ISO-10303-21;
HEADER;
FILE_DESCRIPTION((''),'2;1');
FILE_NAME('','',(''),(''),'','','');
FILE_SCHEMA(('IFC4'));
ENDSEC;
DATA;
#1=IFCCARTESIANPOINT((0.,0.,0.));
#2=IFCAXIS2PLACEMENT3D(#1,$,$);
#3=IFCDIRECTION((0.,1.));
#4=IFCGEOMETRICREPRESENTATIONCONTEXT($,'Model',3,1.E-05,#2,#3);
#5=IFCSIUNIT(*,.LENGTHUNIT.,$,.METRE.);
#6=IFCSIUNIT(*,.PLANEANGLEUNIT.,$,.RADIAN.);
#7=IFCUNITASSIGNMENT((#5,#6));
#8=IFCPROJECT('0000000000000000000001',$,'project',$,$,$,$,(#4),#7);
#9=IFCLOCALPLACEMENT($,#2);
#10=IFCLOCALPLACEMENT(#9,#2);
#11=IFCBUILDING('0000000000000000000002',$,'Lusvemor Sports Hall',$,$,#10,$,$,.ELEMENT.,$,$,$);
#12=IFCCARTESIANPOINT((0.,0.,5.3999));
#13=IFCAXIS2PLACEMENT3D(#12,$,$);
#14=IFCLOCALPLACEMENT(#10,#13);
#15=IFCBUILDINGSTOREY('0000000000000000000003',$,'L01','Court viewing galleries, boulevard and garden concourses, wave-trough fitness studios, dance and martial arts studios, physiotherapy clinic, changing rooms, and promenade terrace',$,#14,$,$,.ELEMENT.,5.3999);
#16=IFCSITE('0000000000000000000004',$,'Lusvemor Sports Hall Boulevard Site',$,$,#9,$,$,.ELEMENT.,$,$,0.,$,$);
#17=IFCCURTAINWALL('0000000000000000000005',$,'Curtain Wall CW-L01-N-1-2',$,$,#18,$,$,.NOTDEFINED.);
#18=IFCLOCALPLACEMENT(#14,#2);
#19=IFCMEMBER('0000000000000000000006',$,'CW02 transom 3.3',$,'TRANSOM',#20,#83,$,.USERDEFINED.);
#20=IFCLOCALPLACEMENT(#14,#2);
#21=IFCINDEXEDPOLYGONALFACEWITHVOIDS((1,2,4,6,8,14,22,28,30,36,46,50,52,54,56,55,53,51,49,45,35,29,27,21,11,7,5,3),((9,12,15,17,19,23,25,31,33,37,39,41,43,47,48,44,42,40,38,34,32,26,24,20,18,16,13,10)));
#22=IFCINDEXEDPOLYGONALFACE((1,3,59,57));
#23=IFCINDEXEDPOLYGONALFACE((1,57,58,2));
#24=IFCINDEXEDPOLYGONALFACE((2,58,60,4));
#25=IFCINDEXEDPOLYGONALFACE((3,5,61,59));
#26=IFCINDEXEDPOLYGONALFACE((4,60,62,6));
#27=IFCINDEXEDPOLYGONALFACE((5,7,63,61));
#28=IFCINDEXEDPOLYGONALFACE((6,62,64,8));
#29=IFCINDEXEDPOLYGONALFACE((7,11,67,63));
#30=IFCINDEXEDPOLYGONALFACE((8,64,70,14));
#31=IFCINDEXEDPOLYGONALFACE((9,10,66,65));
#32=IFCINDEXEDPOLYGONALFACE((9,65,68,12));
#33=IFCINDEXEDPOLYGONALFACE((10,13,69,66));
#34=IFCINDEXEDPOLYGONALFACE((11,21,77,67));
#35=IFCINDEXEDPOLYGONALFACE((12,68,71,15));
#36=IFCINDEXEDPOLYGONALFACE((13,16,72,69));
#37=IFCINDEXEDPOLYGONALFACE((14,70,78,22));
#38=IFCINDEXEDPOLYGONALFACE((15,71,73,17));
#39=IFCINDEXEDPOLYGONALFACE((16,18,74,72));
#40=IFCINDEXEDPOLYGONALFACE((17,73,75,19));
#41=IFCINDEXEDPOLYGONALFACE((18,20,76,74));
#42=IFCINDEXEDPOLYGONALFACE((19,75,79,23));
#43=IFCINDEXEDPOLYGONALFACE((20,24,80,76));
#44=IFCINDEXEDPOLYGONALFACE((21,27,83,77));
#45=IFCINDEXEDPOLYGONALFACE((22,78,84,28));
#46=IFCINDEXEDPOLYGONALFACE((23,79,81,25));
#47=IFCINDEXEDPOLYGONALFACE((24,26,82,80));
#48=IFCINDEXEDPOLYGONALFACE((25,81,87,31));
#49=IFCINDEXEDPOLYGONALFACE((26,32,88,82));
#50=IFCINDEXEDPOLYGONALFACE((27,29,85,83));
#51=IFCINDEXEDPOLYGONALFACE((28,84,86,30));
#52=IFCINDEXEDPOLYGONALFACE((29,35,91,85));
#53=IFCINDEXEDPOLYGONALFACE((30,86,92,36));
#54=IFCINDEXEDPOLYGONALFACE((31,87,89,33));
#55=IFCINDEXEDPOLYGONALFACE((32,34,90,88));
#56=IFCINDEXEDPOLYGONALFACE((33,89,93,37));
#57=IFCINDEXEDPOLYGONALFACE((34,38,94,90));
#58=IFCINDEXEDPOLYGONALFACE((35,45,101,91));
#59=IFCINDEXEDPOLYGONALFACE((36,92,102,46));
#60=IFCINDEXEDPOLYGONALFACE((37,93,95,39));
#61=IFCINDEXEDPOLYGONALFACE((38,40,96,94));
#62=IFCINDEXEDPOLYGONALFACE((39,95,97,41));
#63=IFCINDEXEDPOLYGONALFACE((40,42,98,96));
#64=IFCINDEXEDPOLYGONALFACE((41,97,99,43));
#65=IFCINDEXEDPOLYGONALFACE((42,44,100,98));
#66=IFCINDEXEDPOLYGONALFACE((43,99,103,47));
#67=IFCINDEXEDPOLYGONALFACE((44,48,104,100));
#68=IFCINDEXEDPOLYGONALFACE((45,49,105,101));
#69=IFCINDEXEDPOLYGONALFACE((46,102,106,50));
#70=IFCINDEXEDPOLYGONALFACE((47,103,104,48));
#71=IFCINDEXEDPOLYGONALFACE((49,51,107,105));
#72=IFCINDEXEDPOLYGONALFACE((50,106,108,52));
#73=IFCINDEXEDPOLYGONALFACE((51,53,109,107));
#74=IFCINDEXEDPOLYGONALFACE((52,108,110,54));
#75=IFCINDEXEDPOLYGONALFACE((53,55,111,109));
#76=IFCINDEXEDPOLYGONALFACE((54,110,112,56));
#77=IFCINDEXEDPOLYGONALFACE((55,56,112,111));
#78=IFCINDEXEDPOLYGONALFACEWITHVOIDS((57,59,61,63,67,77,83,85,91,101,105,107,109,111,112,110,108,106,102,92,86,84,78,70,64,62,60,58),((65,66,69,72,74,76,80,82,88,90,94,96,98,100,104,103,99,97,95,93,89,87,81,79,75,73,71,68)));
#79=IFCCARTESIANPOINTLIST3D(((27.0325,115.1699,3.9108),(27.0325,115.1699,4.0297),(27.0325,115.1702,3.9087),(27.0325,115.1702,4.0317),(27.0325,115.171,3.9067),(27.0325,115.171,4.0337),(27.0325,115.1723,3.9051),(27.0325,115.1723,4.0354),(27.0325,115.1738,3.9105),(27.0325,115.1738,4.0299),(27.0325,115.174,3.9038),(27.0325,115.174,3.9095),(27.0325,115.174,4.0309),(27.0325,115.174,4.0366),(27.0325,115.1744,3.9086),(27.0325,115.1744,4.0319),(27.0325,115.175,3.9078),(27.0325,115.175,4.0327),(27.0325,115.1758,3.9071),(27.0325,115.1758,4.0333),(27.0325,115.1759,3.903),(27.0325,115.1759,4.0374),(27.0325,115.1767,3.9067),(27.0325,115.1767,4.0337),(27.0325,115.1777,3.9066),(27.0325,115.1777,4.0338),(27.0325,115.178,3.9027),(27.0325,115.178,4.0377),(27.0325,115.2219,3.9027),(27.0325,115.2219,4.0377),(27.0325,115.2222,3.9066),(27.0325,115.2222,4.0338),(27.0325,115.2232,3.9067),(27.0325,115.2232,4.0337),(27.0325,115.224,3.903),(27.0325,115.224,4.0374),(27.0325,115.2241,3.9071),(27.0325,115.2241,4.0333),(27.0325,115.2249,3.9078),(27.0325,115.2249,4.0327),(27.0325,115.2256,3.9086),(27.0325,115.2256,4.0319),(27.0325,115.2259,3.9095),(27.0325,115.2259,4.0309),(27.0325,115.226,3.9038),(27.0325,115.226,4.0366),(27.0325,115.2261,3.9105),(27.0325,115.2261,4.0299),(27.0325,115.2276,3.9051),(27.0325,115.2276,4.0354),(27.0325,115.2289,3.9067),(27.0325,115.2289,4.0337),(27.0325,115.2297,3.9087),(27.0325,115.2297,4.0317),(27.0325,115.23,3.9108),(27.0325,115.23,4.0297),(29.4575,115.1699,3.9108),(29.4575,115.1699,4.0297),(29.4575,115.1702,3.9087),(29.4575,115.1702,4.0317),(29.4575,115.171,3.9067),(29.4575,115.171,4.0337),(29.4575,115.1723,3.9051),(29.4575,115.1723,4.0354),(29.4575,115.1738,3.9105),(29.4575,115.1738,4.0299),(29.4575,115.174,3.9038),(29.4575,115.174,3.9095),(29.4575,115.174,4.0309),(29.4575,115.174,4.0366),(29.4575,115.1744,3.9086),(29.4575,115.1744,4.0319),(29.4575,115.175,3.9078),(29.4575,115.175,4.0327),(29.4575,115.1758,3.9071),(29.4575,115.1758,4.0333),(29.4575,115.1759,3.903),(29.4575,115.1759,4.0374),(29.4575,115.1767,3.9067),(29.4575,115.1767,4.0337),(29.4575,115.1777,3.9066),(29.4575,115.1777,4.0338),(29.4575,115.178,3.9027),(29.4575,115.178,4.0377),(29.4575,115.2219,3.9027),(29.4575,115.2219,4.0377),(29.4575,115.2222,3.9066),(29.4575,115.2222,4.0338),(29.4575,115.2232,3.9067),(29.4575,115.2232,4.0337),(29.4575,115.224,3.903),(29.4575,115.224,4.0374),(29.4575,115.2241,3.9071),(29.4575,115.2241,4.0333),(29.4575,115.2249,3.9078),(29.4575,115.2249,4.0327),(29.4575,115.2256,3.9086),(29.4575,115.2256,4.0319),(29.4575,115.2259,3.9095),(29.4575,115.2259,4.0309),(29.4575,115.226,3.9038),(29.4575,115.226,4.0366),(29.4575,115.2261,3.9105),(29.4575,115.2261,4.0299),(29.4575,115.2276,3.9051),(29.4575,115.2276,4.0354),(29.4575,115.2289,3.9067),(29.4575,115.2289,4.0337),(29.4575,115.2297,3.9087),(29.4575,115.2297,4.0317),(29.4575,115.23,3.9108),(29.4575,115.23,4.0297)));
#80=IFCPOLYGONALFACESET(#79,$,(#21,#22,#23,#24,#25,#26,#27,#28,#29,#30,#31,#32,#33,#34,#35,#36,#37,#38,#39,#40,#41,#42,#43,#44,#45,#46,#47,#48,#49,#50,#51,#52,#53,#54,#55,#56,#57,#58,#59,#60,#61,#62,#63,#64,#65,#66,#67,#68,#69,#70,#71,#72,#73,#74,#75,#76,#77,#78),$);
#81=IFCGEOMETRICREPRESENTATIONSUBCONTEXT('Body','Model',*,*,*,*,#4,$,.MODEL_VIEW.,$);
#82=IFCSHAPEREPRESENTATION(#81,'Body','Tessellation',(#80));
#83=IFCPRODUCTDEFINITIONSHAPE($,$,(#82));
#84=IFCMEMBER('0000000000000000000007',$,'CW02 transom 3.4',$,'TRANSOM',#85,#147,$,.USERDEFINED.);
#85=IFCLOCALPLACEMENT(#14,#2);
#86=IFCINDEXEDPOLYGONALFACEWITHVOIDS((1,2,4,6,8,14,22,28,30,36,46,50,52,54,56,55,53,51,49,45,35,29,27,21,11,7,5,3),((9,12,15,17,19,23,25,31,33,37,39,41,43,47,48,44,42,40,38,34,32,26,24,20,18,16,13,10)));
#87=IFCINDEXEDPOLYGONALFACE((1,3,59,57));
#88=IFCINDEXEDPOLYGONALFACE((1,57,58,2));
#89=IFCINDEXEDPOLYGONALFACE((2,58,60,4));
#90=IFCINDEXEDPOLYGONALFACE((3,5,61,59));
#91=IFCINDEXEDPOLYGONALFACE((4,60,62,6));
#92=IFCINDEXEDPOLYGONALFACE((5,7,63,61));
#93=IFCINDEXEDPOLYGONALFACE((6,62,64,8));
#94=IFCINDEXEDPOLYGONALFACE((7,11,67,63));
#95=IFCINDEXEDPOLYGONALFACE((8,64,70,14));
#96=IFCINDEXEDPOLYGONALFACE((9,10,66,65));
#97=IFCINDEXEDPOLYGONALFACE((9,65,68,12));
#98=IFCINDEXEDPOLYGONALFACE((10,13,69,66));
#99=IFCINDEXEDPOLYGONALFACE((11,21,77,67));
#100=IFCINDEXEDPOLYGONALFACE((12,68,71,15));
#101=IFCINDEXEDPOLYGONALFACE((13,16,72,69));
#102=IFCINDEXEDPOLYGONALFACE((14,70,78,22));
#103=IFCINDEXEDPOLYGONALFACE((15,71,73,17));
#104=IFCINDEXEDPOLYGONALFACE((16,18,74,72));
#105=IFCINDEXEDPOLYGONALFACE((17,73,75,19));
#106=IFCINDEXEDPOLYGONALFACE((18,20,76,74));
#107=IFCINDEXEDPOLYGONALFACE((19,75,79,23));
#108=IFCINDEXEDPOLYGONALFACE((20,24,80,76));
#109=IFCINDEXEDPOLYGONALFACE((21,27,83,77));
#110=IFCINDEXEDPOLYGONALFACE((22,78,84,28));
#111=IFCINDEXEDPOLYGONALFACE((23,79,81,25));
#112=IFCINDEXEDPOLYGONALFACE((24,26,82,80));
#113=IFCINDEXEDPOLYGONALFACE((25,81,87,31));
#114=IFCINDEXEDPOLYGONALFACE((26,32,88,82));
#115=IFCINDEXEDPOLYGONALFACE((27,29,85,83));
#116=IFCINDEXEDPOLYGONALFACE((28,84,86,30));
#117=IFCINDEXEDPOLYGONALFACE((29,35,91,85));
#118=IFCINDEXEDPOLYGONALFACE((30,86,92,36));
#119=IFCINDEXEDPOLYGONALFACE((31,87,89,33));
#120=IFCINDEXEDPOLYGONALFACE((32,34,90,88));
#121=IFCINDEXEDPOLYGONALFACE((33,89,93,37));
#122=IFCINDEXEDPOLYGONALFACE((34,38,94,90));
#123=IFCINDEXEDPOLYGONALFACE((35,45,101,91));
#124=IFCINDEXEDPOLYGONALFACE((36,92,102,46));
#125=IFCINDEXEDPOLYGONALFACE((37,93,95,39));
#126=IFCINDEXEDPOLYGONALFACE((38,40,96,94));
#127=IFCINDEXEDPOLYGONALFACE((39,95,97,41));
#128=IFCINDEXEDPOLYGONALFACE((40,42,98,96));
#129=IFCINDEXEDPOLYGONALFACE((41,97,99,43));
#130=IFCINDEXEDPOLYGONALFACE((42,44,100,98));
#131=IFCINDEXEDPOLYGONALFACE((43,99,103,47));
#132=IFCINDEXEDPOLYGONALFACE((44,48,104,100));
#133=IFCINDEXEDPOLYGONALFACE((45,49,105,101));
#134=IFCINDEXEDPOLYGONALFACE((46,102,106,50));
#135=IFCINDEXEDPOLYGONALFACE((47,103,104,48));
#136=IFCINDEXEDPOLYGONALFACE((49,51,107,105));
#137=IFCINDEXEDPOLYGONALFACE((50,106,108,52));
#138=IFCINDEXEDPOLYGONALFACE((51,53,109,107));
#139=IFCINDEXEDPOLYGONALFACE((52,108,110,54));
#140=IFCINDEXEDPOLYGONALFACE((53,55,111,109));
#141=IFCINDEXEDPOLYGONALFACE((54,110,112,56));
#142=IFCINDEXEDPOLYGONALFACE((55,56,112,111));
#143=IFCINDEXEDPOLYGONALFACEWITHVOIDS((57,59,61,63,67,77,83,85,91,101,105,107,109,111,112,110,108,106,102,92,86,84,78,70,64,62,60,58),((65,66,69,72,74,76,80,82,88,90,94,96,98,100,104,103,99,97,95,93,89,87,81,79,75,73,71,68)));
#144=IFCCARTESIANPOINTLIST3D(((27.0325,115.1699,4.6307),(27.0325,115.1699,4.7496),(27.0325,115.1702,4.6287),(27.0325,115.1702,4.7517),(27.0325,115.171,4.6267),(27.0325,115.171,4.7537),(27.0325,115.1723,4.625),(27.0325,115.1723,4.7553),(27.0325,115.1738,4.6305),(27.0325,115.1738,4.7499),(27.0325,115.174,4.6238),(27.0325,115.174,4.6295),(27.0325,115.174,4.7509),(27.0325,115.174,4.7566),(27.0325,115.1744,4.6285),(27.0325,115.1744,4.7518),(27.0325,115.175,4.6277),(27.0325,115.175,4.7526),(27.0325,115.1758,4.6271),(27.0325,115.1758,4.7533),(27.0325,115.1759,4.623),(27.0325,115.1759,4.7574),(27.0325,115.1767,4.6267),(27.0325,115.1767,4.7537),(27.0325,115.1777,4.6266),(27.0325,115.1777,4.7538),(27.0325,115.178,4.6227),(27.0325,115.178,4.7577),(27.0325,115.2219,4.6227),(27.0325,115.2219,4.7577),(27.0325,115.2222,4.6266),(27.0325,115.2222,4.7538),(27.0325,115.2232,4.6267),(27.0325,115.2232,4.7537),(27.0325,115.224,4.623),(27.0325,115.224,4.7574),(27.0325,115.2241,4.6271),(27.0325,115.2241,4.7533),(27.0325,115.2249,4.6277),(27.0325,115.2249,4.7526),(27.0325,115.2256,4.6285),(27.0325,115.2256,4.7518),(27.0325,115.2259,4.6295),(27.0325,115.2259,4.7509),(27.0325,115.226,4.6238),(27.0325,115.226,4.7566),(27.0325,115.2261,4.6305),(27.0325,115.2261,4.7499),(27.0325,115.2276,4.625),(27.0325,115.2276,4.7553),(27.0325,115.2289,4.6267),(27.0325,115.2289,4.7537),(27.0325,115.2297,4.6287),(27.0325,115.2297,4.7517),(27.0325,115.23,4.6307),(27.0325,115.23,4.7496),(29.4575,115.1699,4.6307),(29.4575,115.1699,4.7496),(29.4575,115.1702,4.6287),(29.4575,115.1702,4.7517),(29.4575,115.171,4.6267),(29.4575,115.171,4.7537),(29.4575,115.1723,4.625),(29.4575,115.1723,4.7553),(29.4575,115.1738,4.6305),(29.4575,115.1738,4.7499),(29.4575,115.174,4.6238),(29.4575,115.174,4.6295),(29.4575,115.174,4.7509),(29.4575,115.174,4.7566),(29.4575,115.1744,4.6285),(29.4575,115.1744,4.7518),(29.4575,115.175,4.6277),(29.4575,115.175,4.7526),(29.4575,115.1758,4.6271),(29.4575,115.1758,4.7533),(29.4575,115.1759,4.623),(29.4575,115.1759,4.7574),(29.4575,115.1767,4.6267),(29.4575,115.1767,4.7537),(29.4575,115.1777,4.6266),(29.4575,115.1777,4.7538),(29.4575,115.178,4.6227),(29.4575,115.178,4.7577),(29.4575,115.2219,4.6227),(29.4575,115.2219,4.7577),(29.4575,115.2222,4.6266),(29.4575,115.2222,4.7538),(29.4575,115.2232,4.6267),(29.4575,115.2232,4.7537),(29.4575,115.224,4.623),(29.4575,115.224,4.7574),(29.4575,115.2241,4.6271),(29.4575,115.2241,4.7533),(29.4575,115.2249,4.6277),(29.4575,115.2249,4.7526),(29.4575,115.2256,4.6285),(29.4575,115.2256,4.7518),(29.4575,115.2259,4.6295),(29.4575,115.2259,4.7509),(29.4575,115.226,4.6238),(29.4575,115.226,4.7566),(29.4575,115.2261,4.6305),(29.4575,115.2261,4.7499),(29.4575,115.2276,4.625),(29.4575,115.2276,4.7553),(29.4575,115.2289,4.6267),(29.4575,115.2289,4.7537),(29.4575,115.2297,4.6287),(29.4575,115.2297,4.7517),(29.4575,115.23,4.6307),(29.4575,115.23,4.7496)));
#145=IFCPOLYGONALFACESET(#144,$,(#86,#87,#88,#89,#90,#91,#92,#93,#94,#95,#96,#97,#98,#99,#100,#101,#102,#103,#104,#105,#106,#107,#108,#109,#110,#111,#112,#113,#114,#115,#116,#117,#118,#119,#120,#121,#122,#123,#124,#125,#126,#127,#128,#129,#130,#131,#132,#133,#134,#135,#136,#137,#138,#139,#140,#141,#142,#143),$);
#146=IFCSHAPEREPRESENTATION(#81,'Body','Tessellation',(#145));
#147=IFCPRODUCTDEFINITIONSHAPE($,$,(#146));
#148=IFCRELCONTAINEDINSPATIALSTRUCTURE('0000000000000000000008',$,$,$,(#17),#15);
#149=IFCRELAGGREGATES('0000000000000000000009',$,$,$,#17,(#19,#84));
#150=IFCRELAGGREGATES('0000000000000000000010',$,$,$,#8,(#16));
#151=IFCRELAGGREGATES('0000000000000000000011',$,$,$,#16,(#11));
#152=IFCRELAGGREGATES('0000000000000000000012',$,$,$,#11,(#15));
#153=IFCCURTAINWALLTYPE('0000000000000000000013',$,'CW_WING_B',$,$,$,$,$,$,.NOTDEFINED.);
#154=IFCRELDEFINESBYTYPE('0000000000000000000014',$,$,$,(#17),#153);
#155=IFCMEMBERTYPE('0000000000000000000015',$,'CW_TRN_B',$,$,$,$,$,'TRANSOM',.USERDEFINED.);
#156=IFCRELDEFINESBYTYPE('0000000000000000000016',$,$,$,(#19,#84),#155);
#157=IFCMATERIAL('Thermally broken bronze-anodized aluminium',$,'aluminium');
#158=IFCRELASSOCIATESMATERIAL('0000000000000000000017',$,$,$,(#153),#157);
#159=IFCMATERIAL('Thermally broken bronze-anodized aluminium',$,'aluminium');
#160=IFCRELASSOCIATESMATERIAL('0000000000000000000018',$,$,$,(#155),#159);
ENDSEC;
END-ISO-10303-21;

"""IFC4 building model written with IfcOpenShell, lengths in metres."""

from ifc_helpers import new_model, si_unit, direction, frame, origin, origin_2d, place, context, subcontext, project, spatial, hollow_rectangle, extrude, material, material_profile, profile_set, type_object, element, aggregate, save


model = new_model("IFC4")

# Units and contexts
model_context = context("Model", 3, precision=1e-05, world=origin(), true_north=direction((0.0, 1.0)))
body_context = subcontext(model_context, "Body", "Model", "MODEL_VIEW")
ifc_project = project(units=[si_unit("LENGTHUNIT", "METRE"), si_unit("PLANEANGLEUNIT", "RADIAN")], contexts=[model_context])

# Site, building, storey
site_placement = place(None, origin())
site = spatial("IfcSite", under=ifc_project, at=site_placement, Name="Lusvemor Sports Hall Boulevard Site", CompositionType="ELEMENT", RefElevation=0.0)
building_placement = place(site_placement, origin())
building = spatial("IfcBuilding", under=site, at=building_placement, Name="Lusvemor Sports Hall", CompositionType="ELEMENT")
storey_placement = place(building_placement, frame((0.0, 0.0, 5.3999)))
storey = spatial("IfcBuildingStorey", under=building, at=storey_placement, Name="L01", Description="Court viewing galleries, boulevard and garden concourses, wave-trough fitness studios, dance and martial arts studios, physiotherapy clinic, changing rooms, and promenade terrace", CompositionType="ELEMENT", Elevation=5.3999)

# Curtain wall
ifc_material_1 = material(Name="Thermally broken bronze-anodized aluminium", Category="aluminium")
curtain_wall_type = type_object("IfcCurtainWallType", Name="CW_WING_B", PredefinedType="NOTDEFINED", material=ifc_material_1)
curtain_wall_1_placement = place(storey_placement, origin())
curtain_wall_1 = element("IfcCurtainWall", 1, at=curtain_wall_1_placement, inside=storey, type_object=curtain_wall_type, Name="Curtain Wall CW-L01-N-1-2", PredefinedType="NOTDEFINED")

# Members
ifc_material_2 = material(Name="Thermally broken bronze-anodized aluminium", Category="aluminium")
ifc_material_profile_1 = material_profile(ifc_material_2, hollow_rectangle(XDim=0.0601, YDim=0.135, WallThickness=0.0039, InnerFilletRadius=0.0039, OuterFilletRadius=0.0081, at=origin_2d()), Name="CWTRN135x60x4")
ifc_profile_set_1 = profile_set([ifc_material_profile_1], Name="Thermally broken bronze-anodized aluminium")
member_type_1 = type_object("IfcMemberType", Name="CW_TRN_B", ElementType="TRANSOM", PredefinedType="USERDEFINED", material=ifc_profile_set_1)
member_1_placement = place(storey_placement, frame((27.0325, 115.2, 3.9702), z_axis=(1.0, 0.0, 0.0), x_axis=(0.0, 1.0, 0.0)))
member_1 = element("IfcMember", 2, at=member_1_placement, type_object=member_type_1, Name="CW02 transom 3.3", ObjectType="TRANSOM", PredefinedType="USERDEFINED", context=body_context, shape_type="SweptSolid", body=[
    extrude(hollow_rectangle(XDim=0.0601, YDim=0.135, WallThickness=0.0039, InnerFilletRadius=0.0039, OuterFilletRadius=0.0081, at=origin_2d()), origin(), (0.0, 0.0, 1.0), 2.425),
])
member_2_placement = place(storey_placement, frame((27.0325, 115.2, 4.6902), z_axis=(1.0, 0.0, 0.0), x_axis=(0.0, 1.0, 0.0)))
member_2 = element("IfcMember", 3, at=member_2_placement, type_object=member_type_1, Name="CW02 transom 3.4", ObjectType="TRANSOM", PredefinedType="USERDEFINED", context=body_context, shape_type="SweptSolid", body=[
    extrude(hollow_rectangle(XDim=0.0601, YDim=0.135, WallThickness=0.0039, InnerFilletRadius=0.0039, OuterFilletRadius=0.0081, at=origin_2d()), origin(), (0.0, 0.0, 1.0), 2.425),
])

aggregate(curtain_wall_1, [member_1, member_2])

save(model, "model.ifc")
